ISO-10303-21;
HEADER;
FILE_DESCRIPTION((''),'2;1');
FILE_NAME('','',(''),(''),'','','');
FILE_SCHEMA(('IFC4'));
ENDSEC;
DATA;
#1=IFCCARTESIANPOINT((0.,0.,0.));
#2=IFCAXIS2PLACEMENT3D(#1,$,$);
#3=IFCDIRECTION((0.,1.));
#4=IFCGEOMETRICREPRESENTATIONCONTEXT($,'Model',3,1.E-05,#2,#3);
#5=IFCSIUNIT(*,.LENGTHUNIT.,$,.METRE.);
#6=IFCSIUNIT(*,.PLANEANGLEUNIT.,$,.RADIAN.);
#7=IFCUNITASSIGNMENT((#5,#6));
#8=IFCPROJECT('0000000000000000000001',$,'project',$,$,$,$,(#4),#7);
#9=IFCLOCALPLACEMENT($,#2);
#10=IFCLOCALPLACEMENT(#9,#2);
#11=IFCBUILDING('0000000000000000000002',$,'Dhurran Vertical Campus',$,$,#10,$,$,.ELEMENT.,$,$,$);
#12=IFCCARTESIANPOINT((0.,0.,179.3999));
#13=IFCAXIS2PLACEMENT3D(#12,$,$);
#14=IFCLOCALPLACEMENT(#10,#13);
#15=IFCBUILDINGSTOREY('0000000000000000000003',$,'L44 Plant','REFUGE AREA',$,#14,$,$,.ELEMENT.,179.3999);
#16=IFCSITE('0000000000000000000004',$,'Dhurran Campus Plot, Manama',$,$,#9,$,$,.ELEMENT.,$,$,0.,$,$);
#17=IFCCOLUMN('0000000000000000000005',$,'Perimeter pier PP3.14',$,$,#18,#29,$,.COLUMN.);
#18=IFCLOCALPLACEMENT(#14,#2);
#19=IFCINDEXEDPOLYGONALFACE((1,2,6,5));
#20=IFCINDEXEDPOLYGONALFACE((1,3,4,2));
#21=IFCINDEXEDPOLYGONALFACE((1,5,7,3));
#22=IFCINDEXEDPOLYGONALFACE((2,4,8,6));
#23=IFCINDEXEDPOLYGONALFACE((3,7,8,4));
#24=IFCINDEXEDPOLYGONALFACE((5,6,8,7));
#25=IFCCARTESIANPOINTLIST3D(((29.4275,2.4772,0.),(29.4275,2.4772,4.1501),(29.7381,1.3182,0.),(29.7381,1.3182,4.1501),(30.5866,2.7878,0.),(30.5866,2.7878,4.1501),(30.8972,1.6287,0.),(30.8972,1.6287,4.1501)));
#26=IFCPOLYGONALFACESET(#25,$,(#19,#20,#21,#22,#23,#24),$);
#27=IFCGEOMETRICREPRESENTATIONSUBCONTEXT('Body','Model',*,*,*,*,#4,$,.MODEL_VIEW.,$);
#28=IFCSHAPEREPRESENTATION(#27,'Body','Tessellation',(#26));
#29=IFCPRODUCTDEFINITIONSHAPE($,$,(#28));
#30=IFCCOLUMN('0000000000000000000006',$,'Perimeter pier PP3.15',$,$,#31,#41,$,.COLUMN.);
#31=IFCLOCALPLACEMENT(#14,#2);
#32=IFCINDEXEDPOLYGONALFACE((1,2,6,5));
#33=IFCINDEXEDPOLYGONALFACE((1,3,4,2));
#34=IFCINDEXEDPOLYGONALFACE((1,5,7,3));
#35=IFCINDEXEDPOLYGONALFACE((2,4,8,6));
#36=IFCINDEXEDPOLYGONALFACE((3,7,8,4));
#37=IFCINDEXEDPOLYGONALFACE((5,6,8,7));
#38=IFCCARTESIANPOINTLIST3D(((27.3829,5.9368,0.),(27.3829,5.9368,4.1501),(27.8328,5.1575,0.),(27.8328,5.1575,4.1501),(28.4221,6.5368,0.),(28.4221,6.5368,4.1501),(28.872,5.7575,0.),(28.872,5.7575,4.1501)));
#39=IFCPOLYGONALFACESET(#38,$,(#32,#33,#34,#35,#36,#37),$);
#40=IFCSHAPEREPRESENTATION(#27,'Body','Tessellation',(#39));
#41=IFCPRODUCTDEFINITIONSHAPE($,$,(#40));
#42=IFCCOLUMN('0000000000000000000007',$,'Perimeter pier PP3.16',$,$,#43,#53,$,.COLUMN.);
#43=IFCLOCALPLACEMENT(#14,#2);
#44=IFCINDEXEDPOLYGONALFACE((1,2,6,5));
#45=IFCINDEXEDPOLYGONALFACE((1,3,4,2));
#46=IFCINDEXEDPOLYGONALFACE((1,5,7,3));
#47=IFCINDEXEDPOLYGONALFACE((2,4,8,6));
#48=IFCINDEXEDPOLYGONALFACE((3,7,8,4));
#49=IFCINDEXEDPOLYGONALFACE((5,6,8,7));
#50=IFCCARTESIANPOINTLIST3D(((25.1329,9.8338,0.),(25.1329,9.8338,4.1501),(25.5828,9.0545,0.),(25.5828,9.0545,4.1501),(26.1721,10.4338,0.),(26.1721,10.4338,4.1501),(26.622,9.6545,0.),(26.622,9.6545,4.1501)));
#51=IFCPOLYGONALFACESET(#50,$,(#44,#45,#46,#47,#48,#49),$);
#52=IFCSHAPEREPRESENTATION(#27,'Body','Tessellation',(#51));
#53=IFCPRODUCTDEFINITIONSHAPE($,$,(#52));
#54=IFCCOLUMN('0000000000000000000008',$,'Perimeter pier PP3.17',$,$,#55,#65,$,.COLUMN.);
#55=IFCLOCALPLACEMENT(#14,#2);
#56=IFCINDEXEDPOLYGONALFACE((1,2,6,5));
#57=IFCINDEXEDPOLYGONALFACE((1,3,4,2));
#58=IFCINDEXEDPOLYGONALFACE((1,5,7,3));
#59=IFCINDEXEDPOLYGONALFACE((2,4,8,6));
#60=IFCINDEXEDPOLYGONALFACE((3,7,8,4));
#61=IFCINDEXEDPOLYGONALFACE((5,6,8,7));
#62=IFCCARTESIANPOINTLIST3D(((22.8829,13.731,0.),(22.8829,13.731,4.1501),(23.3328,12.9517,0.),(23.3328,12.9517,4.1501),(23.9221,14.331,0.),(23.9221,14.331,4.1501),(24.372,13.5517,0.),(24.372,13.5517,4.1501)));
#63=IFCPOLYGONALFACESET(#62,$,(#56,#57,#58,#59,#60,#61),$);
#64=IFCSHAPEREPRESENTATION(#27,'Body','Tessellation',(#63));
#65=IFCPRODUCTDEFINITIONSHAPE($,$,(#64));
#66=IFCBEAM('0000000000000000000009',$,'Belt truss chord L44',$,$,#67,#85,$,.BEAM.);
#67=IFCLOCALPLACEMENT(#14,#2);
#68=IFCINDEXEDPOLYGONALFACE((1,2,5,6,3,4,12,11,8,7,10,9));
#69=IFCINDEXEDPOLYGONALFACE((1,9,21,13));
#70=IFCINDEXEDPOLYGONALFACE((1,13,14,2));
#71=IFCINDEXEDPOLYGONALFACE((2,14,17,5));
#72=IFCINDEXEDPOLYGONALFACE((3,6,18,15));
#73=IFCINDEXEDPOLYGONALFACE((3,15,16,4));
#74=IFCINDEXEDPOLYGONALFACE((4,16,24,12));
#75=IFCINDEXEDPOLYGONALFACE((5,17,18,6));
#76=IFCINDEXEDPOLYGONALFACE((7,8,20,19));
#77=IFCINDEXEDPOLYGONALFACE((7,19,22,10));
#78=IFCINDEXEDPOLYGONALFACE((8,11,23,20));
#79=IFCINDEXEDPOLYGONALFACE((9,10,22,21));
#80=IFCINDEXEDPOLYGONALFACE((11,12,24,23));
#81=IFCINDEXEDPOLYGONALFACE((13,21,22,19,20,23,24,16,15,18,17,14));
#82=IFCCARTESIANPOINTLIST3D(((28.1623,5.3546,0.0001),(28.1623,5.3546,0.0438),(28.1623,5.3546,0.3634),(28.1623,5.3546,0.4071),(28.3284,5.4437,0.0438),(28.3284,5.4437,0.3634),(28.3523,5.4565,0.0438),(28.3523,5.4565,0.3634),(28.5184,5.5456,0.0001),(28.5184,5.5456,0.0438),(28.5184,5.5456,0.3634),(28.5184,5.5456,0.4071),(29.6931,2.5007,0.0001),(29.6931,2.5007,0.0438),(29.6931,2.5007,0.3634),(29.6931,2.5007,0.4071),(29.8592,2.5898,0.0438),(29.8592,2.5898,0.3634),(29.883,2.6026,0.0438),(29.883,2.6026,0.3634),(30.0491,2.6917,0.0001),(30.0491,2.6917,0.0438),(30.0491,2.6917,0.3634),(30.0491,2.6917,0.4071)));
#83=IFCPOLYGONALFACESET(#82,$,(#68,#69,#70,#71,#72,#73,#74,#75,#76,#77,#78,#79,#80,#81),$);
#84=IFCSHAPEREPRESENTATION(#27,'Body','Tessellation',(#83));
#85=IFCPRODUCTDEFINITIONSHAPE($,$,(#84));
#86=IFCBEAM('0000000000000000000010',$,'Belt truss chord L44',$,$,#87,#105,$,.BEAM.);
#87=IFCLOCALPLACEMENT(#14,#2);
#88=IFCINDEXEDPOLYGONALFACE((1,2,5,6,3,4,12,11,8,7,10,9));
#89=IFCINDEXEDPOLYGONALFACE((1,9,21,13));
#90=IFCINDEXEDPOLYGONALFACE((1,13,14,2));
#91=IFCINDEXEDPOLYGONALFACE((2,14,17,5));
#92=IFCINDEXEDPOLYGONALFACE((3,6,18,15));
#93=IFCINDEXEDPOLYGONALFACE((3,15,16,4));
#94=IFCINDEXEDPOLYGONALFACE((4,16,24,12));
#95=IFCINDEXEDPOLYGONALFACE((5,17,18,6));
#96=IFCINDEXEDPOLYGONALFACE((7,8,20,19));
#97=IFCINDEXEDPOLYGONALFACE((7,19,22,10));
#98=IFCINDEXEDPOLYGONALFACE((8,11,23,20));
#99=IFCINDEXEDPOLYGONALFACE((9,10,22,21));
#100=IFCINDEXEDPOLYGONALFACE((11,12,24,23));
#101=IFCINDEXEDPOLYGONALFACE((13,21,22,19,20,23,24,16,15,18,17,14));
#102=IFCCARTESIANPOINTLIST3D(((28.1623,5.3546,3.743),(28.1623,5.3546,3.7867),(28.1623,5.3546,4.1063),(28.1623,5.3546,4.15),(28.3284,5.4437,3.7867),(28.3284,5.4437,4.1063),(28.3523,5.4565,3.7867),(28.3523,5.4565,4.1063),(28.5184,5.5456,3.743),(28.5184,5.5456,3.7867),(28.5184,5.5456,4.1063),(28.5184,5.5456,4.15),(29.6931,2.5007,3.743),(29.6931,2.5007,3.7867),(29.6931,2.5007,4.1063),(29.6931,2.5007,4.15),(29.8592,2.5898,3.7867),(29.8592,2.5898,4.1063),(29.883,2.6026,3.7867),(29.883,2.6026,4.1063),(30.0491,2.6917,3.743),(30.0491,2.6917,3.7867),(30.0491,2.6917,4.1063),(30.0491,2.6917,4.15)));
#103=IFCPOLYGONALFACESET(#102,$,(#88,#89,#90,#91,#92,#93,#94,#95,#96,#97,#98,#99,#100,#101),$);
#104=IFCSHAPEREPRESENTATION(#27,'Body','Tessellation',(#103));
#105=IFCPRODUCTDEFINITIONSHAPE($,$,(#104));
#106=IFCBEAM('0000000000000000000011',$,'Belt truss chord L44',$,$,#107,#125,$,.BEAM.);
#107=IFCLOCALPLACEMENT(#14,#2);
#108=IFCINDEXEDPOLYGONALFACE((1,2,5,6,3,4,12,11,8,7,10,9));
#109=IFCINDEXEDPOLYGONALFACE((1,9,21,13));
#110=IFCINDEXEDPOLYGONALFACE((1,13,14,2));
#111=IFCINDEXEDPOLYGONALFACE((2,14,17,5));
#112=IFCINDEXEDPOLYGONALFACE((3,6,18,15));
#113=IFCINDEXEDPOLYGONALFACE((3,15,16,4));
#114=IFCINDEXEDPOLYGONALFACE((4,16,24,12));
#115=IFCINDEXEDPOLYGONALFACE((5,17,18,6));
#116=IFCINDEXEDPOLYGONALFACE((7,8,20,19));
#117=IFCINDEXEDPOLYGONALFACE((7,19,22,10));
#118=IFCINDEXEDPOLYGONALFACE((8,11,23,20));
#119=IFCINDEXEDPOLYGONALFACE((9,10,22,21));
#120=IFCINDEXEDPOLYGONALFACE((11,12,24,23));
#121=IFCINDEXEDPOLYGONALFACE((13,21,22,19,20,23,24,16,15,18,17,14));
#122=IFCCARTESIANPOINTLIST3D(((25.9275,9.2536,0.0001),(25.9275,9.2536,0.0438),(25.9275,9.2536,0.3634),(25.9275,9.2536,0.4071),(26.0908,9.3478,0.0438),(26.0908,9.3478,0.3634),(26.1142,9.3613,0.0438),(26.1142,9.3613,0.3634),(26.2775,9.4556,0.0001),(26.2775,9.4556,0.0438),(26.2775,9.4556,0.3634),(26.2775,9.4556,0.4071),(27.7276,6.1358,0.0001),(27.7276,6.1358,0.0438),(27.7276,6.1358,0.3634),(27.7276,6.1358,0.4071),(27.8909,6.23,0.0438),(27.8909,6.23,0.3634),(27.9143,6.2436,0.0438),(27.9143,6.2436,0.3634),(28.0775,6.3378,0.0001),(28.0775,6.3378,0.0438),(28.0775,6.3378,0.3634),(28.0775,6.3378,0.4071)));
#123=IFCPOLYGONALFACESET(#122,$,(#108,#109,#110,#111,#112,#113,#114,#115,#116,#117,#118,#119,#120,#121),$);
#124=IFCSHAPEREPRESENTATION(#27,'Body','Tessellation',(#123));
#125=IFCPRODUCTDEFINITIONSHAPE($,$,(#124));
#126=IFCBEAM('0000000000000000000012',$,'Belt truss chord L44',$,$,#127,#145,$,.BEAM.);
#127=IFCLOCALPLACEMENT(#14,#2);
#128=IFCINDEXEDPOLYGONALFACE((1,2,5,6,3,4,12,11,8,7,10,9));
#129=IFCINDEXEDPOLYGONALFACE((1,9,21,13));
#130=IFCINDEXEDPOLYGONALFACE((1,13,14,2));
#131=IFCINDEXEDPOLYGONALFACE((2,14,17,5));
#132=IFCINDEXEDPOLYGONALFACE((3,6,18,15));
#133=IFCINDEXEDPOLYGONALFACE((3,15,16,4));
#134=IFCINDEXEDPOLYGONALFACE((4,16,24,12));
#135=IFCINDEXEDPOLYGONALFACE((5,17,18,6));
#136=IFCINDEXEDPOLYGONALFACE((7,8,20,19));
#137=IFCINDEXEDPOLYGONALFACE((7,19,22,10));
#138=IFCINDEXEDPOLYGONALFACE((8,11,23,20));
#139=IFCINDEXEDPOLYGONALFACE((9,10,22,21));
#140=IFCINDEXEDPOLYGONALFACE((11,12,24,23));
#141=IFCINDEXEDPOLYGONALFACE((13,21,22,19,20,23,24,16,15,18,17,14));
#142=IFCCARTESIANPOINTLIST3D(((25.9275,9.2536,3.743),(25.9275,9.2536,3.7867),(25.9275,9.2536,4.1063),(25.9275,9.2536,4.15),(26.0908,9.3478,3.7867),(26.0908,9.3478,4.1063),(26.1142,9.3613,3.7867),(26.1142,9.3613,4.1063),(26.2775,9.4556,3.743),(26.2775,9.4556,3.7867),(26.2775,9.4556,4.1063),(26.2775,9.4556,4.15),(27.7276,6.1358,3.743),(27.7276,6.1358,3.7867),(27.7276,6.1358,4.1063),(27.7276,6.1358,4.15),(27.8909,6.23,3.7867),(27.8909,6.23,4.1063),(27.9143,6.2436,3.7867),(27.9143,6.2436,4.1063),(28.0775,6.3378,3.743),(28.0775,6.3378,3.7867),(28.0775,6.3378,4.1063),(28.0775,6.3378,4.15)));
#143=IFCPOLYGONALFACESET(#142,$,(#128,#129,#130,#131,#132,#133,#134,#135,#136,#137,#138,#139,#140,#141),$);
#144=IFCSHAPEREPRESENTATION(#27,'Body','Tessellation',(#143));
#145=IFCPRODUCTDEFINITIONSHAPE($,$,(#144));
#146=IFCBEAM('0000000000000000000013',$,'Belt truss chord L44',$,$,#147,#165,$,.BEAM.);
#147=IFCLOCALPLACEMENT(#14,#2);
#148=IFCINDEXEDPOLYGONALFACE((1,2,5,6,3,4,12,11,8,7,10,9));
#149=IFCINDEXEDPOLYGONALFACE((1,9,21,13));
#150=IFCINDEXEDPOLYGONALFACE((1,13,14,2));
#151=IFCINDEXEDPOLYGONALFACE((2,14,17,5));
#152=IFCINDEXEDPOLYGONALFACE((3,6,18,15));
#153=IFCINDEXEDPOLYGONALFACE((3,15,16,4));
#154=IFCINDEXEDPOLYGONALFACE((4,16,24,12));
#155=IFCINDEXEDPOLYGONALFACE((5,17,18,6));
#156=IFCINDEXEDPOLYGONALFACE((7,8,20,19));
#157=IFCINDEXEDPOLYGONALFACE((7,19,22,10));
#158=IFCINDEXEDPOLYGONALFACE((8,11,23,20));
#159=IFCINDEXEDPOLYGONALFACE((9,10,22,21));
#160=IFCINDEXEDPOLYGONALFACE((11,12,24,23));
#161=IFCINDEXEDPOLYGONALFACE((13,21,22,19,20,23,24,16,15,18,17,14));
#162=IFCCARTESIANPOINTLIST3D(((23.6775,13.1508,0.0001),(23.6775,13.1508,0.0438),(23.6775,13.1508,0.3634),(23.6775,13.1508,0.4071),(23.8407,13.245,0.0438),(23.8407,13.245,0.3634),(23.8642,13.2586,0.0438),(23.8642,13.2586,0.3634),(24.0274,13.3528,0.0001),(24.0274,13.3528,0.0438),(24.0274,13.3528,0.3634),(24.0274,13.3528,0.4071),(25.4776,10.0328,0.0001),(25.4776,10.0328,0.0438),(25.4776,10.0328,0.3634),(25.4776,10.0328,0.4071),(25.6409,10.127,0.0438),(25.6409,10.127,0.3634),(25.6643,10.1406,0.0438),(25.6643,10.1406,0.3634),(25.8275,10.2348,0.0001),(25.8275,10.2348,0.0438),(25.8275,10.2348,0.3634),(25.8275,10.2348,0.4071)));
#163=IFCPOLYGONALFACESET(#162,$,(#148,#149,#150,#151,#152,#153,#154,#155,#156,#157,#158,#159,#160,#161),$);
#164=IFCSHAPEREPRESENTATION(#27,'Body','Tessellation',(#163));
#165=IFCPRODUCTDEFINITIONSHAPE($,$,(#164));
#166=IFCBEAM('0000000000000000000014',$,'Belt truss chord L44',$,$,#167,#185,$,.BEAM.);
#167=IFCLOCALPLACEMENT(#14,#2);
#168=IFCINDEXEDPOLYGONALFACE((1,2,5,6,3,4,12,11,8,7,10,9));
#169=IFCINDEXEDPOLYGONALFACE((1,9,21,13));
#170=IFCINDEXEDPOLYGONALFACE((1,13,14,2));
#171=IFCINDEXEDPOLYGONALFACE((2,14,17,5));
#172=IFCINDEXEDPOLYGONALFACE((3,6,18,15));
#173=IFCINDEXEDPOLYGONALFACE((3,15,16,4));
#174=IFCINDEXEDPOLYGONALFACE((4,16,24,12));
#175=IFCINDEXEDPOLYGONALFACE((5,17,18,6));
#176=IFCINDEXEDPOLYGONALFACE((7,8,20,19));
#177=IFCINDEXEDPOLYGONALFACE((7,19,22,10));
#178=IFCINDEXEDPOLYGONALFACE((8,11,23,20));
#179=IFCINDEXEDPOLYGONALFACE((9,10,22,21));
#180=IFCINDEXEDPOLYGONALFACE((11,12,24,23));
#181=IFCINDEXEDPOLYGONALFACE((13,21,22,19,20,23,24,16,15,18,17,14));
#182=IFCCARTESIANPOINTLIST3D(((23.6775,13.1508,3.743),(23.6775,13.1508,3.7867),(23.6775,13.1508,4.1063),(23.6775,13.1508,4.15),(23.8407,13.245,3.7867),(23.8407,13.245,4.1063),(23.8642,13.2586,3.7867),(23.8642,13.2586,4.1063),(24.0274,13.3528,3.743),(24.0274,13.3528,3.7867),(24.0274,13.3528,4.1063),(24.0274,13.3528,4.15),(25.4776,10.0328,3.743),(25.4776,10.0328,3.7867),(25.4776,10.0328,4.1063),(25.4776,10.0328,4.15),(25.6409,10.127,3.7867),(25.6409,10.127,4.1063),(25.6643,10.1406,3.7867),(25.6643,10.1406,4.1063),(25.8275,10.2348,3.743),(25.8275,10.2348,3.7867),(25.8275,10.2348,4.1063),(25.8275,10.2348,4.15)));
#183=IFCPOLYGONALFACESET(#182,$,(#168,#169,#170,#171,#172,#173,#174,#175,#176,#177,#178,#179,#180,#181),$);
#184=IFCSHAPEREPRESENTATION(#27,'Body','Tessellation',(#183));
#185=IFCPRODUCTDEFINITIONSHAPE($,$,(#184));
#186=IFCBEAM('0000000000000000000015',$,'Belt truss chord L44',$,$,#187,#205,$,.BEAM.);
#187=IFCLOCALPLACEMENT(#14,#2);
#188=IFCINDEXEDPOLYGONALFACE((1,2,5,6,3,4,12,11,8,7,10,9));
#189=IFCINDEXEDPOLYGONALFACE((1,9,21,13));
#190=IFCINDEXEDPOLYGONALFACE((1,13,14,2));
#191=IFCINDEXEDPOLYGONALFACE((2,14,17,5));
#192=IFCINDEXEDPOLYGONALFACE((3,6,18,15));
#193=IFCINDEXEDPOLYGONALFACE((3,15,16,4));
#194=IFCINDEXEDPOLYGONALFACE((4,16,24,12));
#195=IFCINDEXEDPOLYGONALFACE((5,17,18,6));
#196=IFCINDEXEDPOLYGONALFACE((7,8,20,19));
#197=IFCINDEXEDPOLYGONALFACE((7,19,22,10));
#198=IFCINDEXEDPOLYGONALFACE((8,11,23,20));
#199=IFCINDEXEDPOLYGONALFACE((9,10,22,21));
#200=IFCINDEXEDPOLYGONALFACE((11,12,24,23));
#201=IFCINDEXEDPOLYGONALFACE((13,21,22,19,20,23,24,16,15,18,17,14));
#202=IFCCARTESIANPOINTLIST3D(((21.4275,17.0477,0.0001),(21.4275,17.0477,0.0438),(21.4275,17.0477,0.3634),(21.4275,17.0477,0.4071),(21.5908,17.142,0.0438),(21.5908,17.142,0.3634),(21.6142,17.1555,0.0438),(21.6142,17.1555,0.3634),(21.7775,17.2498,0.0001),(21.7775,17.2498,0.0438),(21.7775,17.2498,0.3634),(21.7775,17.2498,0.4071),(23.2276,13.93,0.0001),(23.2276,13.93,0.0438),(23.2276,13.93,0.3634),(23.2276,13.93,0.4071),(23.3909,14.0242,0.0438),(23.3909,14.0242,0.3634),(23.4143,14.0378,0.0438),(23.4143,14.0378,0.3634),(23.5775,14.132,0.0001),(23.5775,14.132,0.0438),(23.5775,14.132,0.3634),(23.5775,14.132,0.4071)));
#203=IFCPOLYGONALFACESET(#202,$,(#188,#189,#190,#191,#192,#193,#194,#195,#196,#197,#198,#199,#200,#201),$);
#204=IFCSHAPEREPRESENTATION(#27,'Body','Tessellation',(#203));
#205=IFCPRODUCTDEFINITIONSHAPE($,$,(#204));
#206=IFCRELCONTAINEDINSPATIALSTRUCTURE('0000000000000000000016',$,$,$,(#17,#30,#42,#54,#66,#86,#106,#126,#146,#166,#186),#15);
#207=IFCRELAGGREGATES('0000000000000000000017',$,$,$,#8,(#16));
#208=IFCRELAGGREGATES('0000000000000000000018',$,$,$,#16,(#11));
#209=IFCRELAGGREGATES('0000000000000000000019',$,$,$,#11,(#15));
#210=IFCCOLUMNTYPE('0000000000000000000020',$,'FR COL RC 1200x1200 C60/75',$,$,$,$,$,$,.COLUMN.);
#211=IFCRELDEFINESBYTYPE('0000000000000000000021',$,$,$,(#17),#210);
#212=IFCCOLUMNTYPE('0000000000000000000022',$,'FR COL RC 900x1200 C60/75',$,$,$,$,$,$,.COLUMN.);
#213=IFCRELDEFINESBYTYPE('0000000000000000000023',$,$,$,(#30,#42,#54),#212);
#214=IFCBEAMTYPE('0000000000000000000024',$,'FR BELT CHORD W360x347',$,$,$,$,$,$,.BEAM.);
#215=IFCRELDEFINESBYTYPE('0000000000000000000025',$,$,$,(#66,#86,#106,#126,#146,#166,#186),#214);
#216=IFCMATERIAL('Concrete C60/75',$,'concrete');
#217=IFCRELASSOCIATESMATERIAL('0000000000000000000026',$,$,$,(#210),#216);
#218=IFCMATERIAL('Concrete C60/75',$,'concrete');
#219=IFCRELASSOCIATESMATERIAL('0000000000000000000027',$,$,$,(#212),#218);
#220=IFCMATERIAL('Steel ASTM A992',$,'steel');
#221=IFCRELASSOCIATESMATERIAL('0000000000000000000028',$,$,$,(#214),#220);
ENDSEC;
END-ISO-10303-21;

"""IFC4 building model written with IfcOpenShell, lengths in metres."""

from ifc_helpers import new_model, si_unit, direction, frame, origin, origin_2d, place, context, subcontext, project, spatial, rectangle, i_section, extrude, material, material_profile, profile_set, type_object, element, save


model = new_model("IFC4")

# Units and contexts
model_context = context("Model", 3, precision=1e-05, world=origin(), true_north=direction((0.0, 1.0)))
body_context = subcontext(model_context, "Body", "Model", "MODEL_VIEW")
ifc_project = project(units=[si_unit("LENGTHUNIT", "METRE"), si_unit("PLANEANGLEUNIT", "RADIAN")], contexts=[model_context])

# Site, building, storey
site_placement = place(None, origin())
site = spatial("IfcSite", under=ifc_project, at=site_placement, Name="Dhurran Campus Plot, Manama", CompositionType="ELEMENT", RefElevation=0.0)
building_placement = place(site_placement, origin())
building = spatial("IfcBuilding", under=site, at=building_placement, Name="Dhurran Vertical Campus", CompositionType="ELEMENT")
storey_placement = place(building_placement, frame((0.0, 0.0, 179.3999)))
storey = spatial("IfcBuildingStorey", under=building, at=storey_placement, Name="L44 Plant", Description="REFUGE AREA", CompositionType="ELEMENT", Elevation=179.3999)

# Columns
ifc_material_1 = material(Name="Concrete C60/75", Category="concrete")
ifc_material_profile_1 = material_profile(ifc_material_1, rectangle(XDim=1.2, YDim=1.2, at=origin_2d()), Name="RC 1200x1200")
ifc_profile_set_1 = profile_set([ifc_material_profile_1], Name="Concrete C60/75")
column_type_1 = type_object("IfcColumnType", Name="FR COL RC 1200x1200 C60/75", PredefinedType="COLUMN", material=ifc_profile_set_1)
column_placement = place(storey_placement, frame((30.1624, 2.053, 0.0), z_axis=(0.0, 0.0, 1.0), x_axis=(-0.258819, 0.965926, 0.0)))
element("IfcColumn", 1, at=column_placement, inside=storey, type_object=column_type_1, Name="Perimeter pier PP3.14", PredefinedType="COLUMN", context=body_context, shape_type="SweptSolid", body=[
    extrude(rectangle(XDim=1.2, YDim=1.2, at=origin_2d()), origin(), (0.0, 0.0, 1.0), 4.1501),
])
ifc_material_2 = material(Name="Concrete C60/75", Category="concrete")
ifc_material_profile_2 = material_profile(ifc_material_2, rectangle(XDim=0.8999, YDim=1.2, at=origin_2d()), Name="RC 900x1200")
ifc_profile_set_2 = profile_set([ifc_material_profile_2], Name="Concrete C60/75")
column_type_2 = type_object("IfcColumnType", Name="FR COL RC 900x1200 C60/75", PredefinedType="COLUMN", material=ifc_profile_set_2)
for number, where, z_axis, x_axis, name in (
    (2, (28.1274, 5.8472, 0.0), (0.0, 0.0, 1.0), (-0.5, 0.866025, 0.0), "Perimeter pier PP3.15"),
    (3, (25.8774, 9.7441, 0.0), (0.0, 0.0, 1.0), (-0.5, 0.866025, 0.0), "Perimeter pier PP3.16"),
    (4, (23.6274, 13.6414, 0.0), (0.0, 0.0, 1.0), (-0.5, 0.866025, 0.0), "Perimeter pier PP3.17"),
):
    element("IfcColumn", number, at=place(storey_placement, frame(where, z_axis=z_axis, x_axis=x_axis)), inside=storey, type_object=column_type_2, Name=name, PredefinedType="COLUMN", context=body_context, shape_type="SweptSolid", body=[
        extrude(rectangle(XDim=0.8999, YDim=1.2, at=origin_2d()), origin(), (0.0, 0.0, 1.0), 4.1501),
    ])

# Beams
ifc_material_3 = material(Name="Steel ASTM A992", Category="steel")
ifc_material_profile_3 = material_profile(ifc_material_3, i_section(OverallWidth=0.4041, OverallDepth=0.407, WebThickness=0.0271, FlangeThickness=0.0437, at=origin_2d()), Name="W360x347")
ifc_profile_set_3 = profile_set([ifc_material_profile_3], Name="Steel ASTM A992")
beam_type = type_object("IfcBeamType", Name="FR BELT CHORD W360x347", PredefinedType="BEAM", material=ifc_profile_set_3)
for number, where, z_axis, x_axis, name in (
    (5, (29.8711, 2.5962, 0.2036), (-0.472661, 0.881245, 0.0), (-0.881245, -0.472661, 0.0), "Belt truss chord L44"),
    (6, (29.8711, 2.5962, 3.9465), (-0.472661, 0.881245, 0.0), (-0.881245, -0.472661, 0.0), "Belt truss chord L44"),
):
    element("IfcBeam", number, at=place(storey_placement, frame(where, z_axis=z_axis, x_axis=x_axis)), inside=storey, type_object=beam_type, Name=name, PredefinedType="BEAM", context=body_context, shape_type="SweptSolid", body=[
        extrude(i_section(OverallWidth=0.4041, OverallDepth=0.407, WebThickness=0.0271, FlangeThickness=0.0437, at=origin_2d()), origin(), (0.0, 0.0, 1.0), 3.2385),
    ])
for number, where, z_axis, x_axis, name in (
    (7, (27.9026, 6.2368, 0.2036), (-0.500012, 0.866018, 0.0), (-0.866018, -0.500012, 0.0), "Belt truss chord L44"),
    (8, (27.9026, 6.2368, 3.9465), (-0.500012, 0.866018, 0.0), (-0.866018, -0.500012, 0.0), "Belt truss chord L44"),
):
    element("IfcBeam", number, at=place(storey_placement, frame(where, z_axis=z_axis, x_axis=x_axis)), inside=storey, type_object=beam_type, Name=name, PredefinedType="BEAM", context=body_context, shape_type="SweptSolid", body=[
        extrude(i_section(OverallWidth=0.4041, OverallDepth=0.407, WebThickness=0.0271, FlangeThickness=0.0437, at=origin_2d()), origin(), (0.0, 0.0, 1.0), 3.6001),
    ])
for number, where, z_axis, x_axis, name in (
    (9, (25.6526, 10.1338, 0.2036), (-0.499983, 0.866035, 0.0), (-0.866035, -0.499983, 0.0), "Belt truss chord L44"),
    (10, (25.6526, 10.1338, 3.9465), (-0.499983, 0.866035, 0.0), (-0.866035, -0.499983, 0.0), "Belt truss chord L44"),
):
    element("IfcBeam", number, at=place(storey_placement, frame(where, z_axis=z_axis, x_axis=x_axis)), inside=storey, type_object=beam_type, Name=name, PredefinedType="BEAM", context=body_context, shape_type="SweptSolid", body=[
        extrude(i_section(OverallWidth=0.4041, OverallDepth=0.407, WebThickness=0.0271, FlangeThickness=0.0437, at=origin_2d()), origin(), (0.0, 0.0, 1.0), 3.6003),
    ])
beam_placement = place(storey_placement, frame((23.4026, 14.031, 0.2036), z_axis=(-0.500012, 0.866018, 0.0), x_axis=(-0.866018, -0.500012, 0.0)))
element("IfcBeam", 11, at=beam_placement, inside=storey, type_object=beam_type, Name="Belt truss chord L44", PredefinedType="BEAM", context=body_context, shape_type="SweptSolid", body=[
    extrude(i_section(OverallWidth=0.4041, OverallDepth=0.407, WebThickness=0.0271, FlangeThickness=0.0437, at=origin_2d()), origin(), (0.0, 0.0, 1.0), 3.6001),
])

save(model, "model.ifc")
